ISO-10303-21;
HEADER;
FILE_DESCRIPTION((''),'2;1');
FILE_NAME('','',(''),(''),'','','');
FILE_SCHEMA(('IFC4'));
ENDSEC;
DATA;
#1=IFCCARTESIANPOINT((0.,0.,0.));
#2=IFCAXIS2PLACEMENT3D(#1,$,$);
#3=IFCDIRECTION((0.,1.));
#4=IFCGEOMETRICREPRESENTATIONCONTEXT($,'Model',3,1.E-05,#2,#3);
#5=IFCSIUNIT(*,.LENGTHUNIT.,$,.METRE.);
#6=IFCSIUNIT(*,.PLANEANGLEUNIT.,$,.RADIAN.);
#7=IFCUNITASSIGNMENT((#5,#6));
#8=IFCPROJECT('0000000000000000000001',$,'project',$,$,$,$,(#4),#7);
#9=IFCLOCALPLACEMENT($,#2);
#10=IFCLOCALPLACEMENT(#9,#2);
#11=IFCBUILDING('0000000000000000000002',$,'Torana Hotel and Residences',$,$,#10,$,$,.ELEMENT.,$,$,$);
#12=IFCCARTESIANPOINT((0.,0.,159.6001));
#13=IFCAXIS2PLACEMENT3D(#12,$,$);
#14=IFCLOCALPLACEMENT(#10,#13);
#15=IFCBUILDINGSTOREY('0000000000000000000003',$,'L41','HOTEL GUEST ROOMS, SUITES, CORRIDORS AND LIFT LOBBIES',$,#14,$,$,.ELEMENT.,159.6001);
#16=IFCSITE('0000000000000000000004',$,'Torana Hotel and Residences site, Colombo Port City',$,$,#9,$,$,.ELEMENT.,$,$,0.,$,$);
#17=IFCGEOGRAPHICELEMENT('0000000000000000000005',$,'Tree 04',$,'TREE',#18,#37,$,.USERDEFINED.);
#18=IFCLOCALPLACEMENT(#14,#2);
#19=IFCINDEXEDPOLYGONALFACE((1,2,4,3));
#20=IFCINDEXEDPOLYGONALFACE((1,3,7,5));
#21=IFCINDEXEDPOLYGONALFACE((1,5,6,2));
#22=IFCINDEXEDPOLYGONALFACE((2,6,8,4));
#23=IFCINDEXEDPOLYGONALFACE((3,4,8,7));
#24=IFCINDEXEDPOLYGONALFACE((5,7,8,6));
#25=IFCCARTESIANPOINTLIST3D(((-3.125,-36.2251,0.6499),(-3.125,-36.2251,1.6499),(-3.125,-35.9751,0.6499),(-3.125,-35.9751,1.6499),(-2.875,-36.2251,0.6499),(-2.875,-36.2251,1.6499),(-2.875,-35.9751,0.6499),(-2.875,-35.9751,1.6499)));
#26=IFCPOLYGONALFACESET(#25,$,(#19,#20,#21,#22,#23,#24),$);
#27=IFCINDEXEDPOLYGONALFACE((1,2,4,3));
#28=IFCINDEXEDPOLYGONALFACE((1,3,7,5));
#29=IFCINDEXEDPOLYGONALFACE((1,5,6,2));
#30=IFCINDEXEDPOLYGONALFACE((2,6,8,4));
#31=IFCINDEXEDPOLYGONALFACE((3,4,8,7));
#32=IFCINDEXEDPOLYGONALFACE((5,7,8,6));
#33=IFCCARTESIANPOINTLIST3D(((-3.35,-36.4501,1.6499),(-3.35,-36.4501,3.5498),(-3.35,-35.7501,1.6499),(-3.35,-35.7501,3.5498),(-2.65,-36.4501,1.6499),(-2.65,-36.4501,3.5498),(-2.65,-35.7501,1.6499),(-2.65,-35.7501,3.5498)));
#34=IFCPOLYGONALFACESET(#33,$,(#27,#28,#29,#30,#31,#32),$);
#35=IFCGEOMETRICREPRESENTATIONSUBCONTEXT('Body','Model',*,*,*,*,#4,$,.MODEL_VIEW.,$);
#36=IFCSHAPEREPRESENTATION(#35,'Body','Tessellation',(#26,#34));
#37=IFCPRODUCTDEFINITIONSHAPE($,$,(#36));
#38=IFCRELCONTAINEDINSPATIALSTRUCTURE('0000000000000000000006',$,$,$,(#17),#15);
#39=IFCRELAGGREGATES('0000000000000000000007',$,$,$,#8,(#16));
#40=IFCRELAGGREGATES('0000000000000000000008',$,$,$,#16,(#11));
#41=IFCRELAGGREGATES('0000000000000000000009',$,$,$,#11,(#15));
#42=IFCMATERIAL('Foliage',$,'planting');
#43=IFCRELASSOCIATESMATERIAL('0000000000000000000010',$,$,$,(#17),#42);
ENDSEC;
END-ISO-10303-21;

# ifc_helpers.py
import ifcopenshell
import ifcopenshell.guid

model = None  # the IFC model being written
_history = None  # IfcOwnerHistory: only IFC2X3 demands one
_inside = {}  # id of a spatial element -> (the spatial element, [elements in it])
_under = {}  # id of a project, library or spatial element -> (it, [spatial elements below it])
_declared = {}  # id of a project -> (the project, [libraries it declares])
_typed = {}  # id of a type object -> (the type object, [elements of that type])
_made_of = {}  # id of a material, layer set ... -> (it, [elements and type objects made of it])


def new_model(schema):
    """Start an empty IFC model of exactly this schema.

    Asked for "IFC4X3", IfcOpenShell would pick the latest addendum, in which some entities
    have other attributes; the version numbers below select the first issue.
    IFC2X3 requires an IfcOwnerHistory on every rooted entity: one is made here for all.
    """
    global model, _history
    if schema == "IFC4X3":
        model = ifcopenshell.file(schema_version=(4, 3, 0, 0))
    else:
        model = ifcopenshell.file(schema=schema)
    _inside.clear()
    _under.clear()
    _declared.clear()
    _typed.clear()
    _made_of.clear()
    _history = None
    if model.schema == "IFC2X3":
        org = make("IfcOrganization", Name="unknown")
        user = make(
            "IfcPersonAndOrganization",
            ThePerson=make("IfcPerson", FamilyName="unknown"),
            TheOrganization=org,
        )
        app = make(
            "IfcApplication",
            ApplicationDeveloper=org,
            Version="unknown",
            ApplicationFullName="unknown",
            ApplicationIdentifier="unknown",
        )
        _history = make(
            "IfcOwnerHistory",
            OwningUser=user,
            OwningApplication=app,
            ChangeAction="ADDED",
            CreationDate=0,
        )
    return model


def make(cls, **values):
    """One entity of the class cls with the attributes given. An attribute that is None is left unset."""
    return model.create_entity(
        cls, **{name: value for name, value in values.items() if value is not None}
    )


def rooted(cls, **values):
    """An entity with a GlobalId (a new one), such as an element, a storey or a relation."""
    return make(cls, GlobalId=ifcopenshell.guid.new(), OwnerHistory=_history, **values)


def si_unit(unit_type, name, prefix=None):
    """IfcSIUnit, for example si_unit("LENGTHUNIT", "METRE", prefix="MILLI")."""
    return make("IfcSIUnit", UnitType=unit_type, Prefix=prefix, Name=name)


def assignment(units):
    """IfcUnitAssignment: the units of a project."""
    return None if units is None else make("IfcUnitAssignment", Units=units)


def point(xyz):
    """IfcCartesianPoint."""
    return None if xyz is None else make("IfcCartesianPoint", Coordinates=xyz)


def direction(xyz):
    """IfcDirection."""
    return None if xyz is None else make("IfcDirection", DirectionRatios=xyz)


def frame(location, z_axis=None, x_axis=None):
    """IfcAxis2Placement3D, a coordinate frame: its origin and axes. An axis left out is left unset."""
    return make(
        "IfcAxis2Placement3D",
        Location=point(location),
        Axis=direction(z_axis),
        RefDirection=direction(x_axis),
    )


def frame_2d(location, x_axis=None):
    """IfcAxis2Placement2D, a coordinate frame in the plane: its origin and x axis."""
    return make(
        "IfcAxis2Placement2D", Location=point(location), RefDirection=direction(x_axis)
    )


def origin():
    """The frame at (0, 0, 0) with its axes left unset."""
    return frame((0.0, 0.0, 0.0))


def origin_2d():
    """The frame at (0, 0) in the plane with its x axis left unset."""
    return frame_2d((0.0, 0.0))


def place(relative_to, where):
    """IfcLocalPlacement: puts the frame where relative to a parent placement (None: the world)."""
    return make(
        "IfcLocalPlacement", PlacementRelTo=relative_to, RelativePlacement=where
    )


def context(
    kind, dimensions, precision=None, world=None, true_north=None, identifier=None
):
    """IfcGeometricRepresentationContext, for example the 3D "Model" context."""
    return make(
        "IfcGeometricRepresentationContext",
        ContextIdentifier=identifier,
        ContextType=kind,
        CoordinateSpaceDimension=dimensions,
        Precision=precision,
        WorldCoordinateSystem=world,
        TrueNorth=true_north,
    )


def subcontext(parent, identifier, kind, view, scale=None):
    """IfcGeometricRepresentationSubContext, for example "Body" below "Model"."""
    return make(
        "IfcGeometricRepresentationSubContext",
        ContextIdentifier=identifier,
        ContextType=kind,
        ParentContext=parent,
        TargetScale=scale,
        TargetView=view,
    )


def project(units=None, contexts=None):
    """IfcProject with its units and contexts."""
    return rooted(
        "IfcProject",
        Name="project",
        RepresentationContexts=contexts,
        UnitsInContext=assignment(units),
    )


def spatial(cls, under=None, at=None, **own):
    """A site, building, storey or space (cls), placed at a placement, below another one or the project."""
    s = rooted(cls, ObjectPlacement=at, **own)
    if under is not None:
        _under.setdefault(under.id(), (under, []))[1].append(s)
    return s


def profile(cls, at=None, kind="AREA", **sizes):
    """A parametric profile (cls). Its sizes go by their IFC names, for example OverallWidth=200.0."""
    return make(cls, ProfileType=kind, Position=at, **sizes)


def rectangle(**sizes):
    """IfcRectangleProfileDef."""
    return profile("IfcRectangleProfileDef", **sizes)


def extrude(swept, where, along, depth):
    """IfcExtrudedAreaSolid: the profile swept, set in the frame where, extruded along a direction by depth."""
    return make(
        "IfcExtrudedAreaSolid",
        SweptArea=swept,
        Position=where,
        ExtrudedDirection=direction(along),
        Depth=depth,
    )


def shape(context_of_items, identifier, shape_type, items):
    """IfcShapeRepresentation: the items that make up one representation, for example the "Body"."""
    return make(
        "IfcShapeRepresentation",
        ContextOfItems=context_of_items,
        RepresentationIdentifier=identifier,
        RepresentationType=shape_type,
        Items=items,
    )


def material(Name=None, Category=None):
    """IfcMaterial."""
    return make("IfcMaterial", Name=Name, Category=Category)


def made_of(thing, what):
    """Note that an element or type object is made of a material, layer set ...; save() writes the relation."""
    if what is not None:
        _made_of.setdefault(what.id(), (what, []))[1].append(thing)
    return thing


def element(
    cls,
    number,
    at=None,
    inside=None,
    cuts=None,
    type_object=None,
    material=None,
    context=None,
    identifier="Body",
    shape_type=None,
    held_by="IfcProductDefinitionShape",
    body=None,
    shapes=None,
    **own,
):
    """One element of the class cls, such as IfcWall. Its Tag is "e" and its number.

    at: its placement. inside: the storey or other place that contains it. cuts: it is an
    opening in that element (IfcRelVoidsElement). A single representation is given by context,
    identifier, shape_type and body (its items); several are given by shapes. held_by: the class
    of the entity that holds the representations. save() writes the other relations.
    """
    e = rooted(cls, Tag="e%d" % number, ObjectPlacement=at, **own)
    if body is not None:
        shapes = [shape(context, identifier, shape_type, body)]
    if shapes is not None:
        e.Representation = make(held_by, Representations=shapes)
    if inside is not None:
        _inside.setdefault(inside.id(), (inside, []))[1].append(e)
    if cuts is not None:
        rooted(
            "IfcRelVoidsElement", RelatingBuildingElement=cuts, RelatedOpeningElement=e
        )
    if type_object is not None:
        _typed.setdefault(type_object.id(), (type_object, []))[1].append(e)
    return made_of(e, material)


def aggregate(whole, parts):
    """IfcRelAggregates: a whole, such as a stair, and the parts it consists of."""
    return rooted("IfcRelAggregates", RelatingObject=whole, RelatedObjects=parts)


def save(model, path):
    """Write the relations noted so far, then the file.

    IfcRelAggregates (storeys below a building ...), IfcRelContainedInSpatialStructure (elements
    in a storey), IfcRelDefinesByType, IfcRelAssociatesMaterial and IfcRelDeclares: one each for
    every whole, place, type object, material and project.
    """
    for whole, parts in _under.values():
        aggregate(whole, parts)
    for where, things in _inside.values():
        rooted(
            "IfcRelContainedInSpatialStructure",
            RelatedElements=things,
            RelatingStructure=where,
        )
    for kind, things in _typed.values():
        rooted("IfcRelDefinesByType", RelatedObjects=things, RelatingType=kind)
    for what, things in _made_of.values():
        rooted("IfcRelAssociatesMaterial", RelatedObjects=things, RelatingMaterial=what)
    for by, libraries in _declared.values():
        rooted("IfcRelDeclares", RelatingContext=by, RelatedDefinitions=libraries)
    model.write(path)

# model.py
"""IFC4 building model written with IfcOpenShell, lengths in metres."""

from ifc_helpers import new_model, si_unit, direction, frame, origin, origin_2d, place, context, subcontext, project, spatial, rectangle, extrude, material, element, save


model = new_model("IFC4")

# Units and contexts
model_context = context("Model", 3, precision=1e-05, world=origin(), true_north=direction((0.0, 1.0)))
body_context = subcontext(model_context, "Body", "Model", "MODEL_VIEW")
ifc_project = project(units=[si_unit("LENGTHUNIT", "METRE"), si_unit("PLANEANGLEUNIT", "RADIAN")], contexts=[model_context])

# Site, building, storey
site_placement = place(None, origin())
site = spatial("IfcSite", under=ifc_project, at=site_placement, Name="Torana Hotel and Residences site, Colombo Port City", CompositionType="ELEMENT", RefElevation=0.0)
building_placement = place(site_placement, origin())
building = spatial("IfcBuilding", under=site, at=building_placement, Name="Torana Hotel and Residences", CompositionType="ELEMENT")
storey_placement = place(building_placement, frame((0.0, 0.0, 159.6001)))
storey = spatial("IfcBuildingStorey", under=building, at=storey_placement, Name="L41", Description="HOTEL GUEST ROOMS, SUITES, CORRIDORS AND LIFT LOBBIES", CompositionType="ELEMENT", Elevation=159.6001)

# Geographic element
ifc_material_1 = material(Name="Foliage", Category="planting")
for number, where, z_axis, x_axis, name in (
    (1, (-3.0, -36.1001, 0.6499), (0.0, 0.0, 1.0), (1.0, 0.0, 0.0), "Tree 04"),
):
    element("IfcGeographicElement", number, at=place(storey_placement, frame(where, z_axis=z_axis, x_axis=x_axis)), inside=storey, material=ifc_material_1, Name=name, ObjectType="TREE", PredefinedType="USERDEFINED", context=body_context, shape_type="SweptSolid", body=[
        extrude(rectangle(XDim=0.25, YDim=0.25, at=origin_2d()), origin(), (0.0, 0.0, 1.0), 1.0),
        extrude(rectangle(XDim=0.7, YDim=0.7, at=origin_2d()), frame((0.0, 0.0, 1.0)), (0.0, 0.0, 1.0), 1.8999),
    ])

save(model, "model.ifc")
